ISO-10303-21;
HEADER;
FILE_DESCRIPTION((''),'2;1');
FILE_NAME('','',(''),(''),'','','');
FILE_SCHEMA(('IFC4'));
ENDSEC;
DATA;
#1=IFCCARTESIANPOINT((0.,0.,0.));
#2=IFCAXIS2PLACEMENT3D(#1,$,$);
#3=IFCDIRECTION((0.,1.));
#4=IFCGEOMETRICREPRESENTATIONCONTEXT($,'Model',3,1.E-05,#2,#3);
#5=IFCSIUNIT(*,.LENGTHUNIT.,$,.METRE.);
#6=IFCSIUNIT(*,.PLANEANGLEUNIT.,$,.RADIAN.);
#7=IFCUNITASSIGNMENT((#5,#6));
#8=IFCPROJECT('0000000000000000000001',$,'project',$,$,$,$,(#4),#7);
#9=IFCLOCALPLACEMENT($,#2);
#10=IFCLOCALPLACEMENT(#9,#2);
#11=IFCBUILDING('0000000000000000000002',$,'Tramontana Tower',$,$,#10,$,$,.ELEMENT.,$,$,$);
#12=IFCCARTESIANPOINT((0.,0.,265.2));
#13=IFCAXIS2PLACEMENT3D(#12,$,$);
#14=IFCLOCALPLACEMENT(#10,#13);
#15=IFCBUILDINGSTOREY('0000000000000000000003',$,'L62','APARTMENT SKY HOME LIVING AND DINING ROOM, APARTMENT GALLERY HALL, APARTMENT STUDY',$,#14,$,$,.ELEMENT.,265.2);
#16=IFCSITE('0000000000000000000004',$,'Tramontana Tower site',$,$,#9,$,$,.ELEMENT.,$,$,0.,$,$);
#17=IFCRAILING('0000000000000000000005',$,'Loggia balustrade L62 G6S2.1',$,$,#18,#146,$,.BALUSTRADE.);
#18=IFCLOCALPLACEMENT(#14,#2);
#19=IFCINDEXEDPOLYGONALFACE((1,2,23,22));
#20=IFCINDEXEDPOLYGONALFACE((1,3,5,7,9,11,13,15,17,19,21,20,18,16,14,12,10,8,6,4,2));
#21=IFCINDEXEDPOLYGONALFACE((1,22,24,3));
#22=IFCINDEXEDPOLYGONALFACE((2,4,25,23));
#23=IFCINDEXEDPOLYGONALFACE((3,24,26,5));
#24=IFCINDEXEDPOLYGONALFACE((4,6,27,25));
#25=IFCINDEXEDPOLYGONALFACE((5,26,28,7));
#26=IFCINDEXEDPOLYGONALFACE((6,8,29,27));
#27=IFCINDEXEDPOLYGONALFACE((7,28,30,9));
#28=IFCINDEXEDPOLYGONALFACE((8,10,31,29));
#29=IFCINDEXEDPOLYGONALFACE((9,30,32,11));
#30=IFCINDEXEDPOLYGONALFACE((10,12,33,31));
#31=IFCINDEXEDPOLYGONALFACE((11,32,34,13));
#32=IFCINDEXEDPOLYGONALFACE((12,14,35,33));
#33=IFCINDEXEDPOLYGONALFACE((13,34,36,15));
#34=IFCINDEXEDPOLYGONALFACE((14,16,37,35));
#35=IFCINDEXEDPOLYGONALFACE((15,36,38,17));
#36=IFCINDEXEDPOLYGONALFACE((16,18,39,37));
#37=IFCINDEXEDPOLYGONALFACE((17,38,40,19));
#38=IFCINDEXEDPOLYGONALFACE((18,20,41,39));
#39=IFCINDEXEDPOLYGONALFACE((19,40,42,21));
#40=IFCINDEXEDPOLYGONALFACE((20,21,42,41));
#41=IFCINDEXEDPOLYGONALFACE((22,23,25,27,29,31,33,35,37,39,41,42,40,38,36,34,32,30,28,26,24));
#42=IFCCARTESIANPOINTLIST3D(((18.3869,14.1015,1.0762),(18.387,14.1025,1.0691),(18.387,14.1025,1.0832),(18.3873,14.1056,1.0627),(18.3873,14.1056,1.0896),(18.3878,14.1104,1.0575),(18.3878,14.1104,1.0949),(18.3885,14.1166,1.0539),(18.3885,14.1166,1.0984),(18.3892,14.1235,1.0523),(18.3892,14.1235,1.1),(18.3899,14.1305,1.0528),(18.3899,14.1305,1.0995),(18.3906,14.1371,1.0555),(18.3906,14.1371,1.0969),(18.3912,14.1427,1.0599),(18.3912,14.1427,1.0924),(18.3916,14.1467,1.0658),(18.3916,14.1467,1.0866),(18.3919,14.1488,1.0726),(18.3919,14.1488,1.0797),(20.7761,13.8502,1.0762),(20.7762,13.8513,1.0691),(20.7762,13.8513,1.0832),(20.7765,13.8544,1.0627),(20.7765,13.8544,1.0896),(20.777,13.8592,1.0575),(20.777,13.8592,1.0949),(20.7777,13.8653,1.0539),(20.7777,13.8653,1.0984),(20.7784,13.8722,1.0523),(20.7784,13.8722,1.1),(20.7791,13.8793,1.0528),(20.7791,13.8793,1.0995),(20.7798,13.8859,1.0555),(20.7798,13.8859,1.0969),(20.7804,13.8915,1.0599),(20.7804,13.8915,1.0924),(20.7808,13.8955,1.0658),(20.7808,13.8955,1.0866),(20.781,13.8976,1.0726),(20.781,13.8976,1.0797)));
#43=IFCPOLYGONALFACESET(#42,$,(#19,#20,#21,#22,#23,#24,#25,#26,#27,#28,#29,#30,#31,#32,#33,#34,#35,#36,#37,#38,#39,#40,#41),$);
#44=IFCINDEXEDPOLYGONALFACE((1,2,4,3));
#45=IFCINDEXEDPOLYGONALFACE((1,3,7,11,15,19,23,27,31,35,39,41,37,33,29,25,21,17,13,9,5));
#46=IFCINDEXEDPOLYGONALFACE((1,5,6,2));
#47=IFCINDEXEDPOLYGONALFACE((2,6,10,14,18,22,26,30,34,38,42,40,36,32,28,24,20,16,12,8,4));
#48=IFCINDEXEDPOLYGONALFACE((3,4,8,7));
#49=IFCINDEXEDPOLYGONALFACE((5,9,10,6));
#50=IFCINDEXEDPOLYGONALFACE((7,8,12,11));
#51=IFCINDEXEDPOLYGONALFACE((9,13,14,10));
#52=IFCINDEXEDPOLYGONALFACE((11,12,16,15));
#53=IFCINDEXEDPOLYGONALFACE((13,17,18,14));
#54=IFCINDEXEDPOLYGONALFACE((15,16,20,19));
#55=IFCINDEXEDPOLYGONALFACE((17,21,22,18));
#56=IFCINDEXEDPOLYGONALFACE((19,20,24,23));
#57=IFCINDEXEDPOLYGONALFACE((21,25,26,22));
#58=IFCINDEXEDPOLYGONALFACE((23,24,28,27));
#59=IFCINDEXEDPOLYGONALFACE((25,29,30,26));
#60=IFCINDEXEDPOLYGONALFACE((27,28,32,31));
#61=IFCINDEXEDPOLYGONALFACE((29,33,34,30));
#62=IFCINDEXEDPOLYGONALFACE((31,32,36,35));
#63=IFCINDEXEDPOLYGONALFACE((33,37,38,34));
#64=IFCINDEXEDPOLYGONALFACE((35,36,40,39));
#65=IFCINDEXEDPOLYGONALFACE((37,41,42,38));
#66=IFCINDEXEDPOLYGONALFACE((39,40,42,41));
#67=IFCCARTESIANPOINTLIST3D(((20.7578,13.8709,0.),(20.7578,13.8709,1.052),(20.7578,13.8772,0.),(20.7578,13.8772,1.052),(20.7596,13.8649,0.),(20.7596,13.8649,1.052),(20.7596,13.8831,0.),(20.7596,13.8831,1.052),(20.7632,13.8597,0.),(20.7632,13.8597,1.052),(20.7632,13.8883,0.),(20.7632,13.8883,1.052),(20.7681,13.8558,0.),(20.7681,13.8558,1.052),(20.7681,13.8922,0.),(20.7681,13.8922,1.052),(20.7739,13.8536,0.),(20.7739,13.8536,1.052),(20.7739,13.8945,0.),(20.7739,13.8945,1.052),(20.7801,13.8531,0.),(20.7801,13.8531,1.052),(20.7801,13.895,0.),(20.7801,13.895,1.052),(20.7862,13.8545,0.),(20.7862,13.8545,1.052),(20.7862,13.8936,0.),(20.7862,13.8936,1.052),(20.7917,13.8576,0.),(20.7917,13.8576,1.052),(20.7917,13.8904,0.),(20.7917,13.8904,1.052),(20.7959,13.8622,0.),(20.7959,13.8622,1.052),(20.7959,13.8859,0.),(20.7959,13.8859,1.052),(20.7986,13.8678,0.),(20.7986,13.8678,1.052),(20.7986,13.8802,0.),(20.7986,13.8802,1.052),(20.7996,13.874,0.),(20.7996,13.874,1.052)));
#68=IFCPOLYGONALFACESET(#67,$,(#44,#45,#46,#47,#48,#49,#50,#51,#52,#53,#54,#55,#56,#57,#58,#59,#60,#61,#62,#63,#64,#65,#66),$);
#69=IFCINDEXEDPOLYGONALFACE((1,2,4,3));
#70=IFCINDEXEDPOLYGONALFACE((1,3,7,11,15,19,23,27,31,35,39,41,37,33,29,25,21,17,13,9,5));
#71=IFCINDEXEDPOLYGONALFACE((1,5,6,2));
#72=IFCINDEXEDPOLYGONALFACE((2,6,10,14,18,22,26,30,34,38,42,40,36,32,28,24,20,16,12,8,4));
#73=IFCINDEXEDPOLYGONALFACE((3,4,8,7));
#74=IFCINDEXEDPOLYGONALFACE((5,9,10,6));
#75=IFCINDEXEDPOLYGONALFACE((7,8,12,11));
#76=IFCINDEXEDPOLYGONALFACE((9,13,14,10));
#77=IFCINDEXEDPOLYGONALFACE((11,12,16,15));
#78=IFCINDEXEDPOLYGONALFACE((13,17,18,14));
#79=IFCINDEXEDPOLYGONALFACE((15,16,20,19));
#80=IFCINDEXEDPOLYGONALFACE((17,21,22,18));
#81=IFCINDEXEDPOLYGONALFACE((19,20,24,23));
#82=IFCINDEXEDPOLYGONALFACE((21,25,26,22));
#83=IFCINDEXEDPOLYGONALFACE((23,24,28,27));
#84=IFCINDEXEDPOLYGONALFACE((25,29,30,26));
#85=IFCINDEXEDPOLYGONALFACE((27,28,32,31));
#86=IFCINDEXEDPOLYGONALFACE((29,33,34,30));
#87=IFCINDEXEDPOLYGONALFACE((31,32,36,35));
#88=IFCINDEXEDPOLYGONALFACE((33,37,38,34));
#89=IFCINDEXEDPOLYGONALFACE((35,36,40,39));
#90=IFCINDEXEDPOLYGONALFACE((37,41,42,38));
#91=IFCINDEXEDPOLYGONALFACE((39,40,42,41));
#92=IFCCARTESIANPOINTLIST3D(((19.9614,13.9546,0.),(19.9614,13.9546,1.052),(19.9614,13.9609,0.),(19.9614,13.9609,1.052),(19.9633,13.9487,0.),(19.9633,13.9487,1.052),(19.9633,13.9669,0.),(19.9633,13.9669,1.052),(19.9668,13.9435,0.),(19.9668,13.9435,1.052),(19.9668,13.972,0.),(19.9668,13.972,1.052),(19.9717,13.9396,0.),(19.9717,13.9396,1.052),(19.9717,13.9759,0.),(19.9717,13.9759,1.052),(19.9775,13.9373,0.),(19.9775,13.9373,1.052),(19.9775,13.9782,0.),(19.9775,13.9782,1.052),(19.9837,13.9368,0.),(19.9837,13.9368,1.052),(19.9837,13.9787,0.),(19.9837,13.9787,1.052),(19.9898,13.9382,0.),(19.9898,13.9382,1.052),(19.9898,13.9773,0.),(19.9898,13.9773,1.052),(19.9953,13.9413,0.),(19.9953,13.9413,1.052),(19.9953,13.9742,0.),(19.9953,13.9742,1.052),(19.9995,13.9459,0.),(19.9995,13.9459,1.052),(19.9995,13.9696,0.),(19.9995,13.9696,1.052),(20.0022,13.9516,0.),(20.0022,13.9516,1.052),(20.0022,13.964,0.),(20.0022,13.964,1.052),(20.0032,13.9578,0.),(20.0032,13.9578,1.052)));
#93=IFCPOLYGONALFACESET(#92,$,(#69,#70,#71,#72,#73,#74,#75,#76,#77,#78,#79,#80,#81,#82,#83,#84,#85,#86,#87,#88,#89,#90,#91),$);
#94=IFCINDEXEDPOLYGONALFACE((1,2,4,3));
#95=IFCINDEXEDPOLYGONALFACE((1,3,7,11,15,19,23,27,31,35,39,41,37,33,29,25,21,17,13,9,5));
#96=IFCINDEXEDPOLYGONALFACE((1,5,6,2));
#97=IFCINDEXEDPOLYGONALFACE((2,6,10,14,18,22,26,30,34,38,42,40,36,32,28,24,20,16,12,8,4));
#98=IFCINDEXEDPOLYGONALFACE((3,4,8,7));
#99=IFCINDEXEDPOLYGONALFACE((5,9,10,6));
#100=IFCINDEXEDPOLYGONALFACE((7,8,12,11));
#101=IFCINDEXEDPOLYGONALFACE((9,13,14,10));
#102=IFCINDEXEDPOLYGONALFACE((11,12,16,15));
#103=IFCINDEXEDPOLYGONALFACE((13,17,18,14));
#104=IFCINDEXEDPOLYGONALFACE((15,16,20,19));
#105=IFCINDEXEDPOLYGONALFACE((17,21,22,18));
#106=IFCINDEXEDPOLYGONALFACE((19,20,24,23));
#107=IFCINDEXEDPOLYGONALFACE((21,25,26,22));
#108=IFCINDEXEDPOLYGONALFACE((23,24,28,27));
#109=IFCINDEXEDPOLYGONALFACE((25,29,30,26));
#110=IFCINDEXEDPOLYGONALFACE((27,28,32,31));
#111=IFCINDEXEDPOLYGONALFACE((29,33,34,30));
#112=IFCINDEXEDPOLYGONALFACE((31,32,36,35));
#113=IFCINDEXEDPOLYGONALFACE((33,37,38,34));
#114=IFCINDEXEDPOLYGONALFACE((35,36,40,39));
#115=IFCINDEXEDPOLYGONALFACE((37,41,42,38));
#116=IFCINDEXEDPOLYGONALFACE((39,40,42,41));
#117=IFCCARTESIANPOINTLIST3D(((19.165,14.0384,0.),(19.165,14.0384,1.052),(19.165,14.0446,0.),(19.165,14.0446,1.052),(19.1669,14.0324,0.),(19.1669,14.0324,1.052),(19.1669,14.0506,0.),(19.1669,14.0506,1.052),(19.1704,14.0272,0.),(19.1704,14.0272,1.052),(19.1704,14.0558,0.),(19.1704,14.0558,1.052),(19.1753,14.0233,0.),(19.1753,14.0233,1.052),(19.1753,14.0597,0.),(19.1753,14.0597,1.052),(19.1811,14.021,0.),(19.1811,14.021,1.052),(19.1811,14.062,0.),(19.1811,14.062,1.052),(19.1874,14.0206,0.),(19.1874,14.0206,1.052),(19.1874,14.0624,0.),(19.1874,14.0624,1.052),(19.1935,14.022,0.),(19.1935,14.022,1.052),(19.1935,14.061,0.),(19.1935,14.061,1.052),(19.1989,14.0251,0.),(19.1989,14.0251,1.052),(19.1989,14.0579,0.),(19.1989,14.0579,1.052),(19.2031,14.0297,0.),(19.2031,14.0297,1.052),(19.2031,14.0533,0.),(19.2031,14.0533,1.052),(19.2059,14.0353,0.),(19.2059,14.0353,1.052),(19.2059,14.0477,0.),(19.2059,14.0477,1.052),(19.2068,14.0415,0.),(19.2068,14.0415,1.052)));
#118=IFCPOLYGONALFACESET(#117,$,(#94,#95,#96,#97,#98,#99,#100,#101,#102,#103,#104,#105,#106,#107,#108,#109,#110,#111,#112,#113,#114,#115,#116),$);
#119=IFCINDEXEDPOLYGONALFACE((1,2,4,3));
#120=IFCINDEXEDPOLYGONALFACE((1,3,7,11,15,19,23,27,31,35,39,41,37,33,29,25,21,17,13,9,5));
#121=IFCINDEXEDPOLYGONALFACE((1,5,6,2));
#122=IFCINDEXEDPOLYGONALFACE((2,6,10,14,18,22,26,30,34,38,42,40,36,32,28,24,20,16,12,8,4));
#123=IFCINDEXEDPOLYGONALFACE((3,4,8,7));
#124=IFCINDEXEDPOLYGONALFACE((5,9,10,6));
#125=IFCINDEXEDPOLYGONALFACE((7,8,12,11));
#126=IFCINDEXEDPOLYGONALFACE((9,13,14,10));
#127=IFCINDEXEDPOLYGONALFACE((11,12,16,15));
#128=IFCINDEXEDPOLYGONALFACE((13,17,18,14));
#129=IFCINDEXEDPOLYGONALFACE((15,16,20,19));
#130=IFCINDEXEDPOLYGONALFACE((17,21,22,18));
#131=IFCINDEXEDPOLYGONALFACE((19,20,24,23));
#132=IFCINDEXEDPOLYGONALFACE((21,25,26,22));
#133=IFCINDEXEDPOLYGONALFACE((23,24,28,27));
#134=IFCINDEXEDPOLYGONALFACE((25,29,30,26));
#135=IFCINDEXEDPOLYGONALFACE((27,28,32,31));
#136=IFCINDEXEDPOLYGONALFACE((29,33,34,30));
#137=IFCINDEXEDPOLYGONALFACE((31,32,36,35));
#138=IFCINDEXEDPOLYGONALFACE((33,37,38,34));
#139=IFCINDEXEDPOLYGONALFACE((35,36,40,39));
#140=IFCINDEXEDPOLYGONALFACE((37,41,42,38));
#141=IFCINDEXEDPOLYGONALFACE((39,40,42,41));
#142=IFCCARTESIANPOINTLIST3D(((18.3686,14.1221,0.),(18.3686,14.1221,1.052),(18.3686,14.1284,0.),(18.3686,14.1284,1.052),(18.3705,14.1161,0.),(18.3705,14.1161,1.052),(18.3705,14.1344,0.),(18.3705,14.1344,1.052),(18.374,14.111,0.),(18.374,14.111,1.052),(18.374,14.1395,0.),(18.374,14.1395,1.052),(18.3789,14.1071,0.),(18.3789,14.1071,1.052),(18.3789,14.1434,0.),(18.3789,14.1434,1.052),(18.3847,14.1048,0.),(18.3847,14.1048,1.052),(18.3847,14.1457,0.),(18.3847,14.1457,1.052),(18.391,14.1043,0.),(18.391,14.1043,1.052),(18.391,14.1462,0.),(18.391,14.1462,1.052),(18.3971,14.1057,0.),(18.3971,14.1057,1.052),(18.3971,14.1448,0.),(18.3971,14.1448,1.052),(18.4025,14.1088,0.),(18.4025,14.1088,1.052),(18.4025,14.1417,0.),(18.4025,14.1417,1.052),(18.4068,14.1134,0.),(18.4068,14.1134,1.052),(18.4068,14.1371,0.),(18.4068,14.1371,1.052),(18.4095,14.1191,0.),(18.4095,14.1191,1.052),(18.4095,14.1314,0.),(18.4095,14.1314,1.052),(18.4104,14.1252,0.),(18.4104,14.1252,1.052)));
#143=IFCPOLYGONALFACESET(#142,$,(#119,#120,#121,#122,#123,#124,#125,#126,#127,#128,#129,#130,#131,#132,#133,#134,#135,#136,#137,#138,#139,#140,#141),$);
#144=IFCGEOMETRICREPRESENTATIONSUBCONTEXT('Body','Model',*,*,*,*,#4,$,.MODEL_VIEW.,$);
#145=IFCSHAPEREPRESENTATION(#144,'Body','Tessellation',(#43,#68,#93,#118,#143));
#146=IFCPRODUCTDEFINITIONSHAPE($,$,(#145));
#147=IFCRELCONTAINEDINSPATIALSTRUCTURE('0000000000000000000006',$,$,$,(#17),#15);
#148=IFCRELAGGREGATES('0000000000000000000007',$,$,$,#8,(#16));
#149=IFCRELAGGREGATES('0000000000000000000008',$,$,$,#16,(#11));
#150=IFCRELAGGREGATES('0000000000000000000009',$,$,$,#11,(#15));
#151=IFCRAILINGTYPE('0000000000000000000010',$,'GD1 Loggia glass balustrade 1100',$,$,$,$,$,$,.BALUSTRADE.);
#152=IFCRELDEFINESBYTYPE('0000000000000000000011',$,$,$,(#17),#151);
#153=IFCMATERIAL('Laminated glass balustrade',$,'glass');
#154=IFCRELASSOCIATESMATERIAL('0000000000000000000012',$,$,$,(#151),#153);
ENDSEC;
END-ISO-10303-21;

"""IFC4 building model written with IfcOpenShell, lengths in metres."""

from ifc_helpers import new_model, si_unit, direction, frame, origin, origin_2d, place, context, subcontext, project, spatial, circle, extrude, material, type_object, element, save


model = new_model("IFC4")

# Units and contexts
model_context = context("Model", 3, precision=1e-05, world=origin(), true_north=direction((0.0, 1.0)))
body_context = subcontext(model_context, "Body", "Model", "MODEL_VIEW")
ifc_project = project(units=[si_unit("LENGTHUNIT", "METRE"), si_unit("PLANEANGLEUNIT", "RADIAN")], contexts=[model_context])

# Site, building, storey
site_placement = place(None, origin())
site = spatial("IfcSite", under=ifc_project, at=site_placement, Name="Tramontana Tower site", CompositionType="ELEMENT", RefElevation=0.0)
building_placement = place(site_placement, origin())
building = spatial("IfcBuilding", under=site, at=building_placement, Name="Tramontana Tower", CompositionType="ELEMENT")
storey_placement = place(building_placement, frame((0.0, 0.0, 265.2)))
storey = spatial("IfcBuildingStorey", under=building, at=storey_placement, Name="L62", Description="APARTMENT SKY HOME LIVING AND DINING ROOM, APARTMENT GALLERY HALL, APARTMENT STUDY", CompositionType="ELEMENT", Elevation=265.2)

# Railing
ifc_material_1 = material(Name="Laminated glass balustrade", Category="glass")
railing_type = type_object("IfcRailingType", Name="GD1 Loggia glass balustrade 1100", PredefinedType="BALUSTRADE", material=ifc_material_1)
railing_1_placement = place(storey_placement, frame((20.7786, 13.874, 0.0)))
element("IfcRailing", 1, at=railing_1_placement, inside=storey, type_object=railing_type, Name="Loggia balustrade L62 G6S2.1", PredefinedType="BALUSTRADE", context=body_context, shape_type="SweptSolid", body=[
    extrude(circle(Radius=0.0239, at=origin_2d()), frame((0.0, 0.0, 1.0762), z_axis=(-0.994517, 0.104574, 0.0), x_axis=(-0.104574, -0.994517, 0.0)), (0.0, 0.0, 1.0), 2.4023),
    extrude(circle(Radius=0.021, at=origin_2d()), origin(), (0.0, 0.0, 1.0), 1.052),
    extrude(circle(Radius=0.021, at=origin_2d()), frame((-0.7964, 0.0837, 0.0)), (0.0, 0.0, 1.0), 1.052),
    extrude(circle(Radius=0.021, at=origin_2d()), frame((-1.5928, 0.1675, 0.0)), (0.0, 0.0, 1.0), 1.052),
    extrude(circle(Radius=0.021, at=origin_2d()), frame((-2.3892, 0.2512, 0.0)), (0.0, 0.0, 1.0), 1.052),
])

save(model, "model.ifc")
